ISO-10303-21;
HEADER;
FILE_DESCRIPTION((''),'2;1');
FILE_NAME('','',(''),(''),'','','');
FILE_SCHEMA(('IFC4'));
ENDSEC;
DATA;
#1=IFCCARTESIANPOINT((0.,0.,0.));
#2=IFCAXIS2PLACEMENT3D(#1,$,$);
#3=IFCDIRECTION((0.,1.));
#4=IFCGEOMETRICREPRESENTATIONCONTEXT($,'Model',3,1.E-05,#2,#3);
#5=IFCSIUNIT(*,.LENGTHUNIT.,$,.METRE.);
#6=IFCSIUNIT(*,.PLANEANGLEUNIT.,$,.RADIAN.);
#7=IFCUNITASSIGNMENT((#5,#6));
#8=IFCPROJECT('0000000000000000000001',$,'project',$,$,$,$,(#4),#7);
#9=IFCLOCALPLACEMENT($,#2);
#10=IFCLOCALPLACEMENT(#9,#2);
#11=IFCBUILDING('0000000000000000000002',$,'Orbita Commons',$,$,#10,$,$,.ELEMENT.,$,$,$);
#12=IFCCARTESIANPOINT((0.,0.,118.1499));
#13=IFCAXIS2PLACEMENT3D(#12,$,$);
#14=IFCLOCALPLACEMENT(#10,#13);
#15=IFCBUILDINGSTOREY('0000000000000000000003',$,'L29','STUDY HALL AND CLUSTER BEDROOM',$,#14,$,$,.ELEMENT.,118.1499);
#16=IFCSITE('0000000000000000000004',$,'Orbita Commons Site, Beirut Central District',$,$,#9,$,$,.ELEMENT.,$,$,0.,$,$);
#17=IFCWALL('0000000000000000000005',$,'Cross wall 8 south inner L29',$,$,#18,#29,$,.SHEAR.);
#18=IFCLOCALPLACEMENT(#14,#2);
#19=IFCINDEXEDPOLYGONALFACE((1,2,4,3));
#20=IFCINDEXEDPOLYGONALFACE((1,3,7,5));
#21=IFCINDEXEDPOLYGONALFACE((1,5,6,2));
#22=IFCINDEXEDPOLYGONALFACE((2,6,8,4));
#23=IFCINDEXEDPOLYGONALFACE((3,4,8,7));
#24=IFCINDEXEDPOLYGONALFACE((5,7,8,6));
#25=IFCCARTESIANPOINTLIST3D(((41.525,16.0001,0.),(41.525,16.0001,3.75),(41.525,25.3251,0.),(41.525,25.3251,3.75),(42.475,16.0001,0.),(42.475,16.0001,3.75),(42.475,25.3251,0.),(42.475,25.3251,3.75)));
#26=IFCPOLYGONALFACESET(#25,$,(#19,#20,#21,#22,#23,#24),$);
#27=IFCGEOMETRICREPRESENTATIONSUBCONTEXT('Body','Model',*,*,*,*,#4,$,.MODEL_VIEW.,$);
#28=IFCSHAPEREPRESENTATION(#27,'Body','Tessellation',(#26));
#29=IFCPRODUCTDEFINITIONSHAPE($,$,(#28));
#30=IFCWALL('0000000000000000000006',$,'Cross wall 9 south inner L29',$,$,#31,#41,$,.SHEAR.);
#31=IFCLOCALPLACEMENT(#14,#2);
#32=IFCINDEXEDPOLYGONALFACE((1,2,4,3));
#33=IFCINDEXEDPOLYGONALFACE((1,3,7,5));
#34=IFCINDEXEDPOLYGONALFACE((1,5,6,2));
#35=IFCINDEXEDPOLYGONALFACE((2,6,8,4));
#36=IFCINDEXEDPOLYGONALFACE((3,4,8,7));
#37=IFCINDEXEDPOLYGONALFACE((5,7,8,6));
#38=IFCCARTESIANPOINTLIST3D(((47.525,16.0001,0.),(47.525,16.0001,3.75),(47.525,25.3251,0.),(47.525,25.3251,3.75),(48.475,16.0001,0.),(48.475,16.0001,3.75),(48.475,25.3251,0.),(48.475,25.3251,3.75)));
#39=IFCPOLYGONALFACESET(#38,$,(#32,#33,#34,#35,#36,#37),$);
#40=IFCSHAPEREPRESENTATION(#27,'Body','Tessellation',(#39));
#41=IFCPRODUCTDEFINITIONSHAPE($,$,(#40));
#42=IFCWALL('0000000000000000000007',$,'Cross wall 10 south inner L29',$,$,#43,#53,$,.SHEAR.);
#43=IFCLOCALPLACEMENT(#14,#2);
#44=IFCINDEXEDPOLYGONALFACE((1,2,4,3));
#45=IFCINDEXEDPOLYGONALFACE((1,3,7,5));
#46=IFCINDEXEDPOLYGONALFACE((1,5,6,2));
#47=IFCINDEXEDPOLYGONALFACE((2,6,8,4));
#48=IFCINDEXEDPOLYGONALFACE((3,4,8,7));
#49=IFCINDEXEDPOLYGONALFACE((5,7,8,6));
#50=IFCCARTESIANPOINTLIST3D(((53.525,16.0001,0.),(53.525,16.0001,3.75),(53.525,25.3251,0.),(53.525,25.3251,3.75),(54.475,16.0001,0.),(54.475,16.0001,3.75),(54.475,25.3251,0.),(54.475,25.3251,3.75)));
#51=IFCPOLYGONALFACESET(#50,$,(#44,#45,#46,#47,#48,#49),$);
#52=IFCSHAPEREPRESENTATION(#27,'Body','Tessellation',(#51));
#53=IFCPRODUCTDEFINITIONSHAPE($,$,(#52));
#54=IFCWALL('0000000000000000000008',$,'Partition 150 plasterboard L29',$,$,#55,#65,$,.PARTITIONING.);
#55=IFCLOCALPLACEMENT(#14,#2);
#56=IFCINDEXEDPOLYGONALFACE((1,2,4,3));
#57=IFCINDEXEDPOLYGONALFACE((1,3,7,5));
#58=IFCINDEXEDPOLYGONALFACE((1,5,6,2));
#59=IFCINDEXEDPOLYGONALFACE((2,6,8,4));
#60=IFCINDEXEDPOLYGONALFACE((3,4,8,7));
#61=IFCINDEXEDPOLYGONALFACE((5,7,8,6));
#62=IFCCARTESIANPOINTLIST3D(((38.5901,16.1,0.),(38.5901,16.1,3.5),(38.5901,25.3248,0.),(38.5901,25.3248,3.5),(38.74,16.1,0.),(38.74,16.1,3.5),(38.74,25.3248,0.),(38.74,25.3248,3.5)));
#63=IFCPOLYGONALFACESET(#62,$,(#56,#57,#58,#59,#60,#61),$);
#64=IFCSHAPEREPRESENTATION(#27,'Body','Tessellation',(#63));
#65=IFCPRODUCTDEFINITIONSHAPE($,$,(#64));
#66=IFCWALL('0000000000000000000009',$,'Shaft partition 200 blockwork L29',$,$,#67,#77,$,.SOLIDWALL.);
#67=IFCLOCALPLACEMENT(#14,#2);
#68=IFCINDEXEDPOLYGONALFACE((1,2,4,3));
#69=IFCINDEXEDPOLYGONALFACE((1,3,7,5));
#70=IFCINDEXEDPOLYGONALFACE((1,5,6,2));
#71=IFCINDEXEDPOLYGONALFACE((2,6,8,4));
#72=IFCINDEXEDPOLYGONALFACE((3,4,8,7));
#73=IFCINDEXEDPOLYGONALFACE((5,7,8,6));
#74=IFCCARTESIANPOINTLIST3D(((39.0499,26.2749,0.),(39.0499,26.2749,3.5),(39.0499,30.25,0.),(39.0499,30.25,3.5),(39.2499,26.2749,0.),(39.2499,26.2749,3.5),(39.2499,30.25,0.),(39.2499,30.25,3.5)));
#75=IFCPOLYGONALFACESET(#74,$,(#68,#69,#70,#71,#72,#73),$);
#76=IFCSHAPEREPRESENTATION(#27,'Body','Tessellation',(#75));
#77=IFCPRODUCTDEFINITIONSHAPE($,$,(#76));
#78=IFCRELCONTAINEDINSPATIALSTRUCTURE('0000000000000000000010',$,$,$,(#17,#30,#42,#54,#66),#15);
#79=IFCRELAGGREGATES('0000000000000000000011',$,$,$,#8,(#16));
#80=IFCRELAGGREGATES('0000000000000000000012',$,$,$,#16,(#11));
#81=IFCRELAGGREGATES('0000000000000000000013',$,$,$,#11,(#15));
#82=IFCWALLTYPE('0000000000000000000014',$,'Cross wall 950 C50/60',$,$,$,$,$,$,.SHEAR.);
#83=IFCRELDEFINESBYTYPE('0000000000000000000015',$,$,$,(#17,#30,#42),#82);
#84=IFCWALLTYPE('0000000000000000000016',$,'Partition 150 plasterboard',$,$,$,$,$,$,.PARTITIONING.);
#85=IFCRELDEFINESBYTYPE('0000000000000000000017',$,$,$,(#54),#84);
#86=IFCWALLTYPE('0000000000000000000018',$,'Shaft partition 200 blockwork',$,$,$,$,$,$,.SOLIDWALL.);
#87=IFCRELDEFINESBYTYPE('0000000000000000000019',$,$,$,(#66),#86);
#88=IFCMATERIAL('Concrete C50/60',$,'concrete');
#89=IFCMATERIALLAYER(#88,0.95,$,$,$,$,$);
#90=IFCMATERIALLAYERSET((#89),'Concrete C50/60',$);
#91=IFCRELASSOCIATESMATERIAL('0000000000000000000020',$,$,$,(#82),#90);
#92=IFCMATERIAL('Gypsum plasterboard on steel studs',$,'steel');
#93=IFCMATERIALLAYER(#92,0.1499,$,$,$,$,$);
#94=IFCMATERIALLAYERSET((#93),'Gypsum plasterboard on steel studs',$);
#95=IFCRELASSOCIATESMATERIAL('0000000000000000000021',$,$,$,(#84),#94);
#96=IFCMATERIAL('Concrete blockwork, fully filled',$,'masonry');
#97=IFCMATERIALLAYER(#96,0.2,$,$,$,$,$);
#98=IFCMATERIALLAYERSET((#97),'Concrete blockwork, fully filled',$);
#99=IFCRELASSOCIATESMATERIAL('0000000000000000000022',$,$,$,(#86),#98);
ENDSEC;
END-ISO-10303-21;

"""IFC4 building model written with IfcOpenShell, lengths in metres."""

from ifc_helpers import new_model, si_unit, direction, frame, frame_2d, origin, place, context, subcontext, project, spatial, rectangle, extrude, material, layer, layer_set, type_object, element, save


model = new_model("IFC4")

# Units and contexts
model_context = context("Model", 3, precision=1e-05, world=origin(), true_north=direction((0.0, 1.0)))
body_context = subcontext(model_context, "Body", "Model", "MODEL_VIEW")
ifc_project = project(units=[si_unit("LENGTHUNIT", "METRE"), si_unit("PLANEANGLEUNIT", "RADIAN")], contexts=[model_context])

# Site, building, storey
site_placement = place(None, origin())
site = spatial("IfcSite", under=ifc_project, at=site_placement, Name="Orbita Commons Site, Beirut Central District", CompositionType="ELEMENT", RefElevation=0.0)
building_placement = place(site_placement, origin())
building = spatial("IfcBuilding", under=site, at=building_placement, Name="Orbita Commons", CompositionType="ELEMENT")
storey_placement = place(building_placement, frame((0.0, 0.0, 118.1499)))
storey = spatial("IfcBuildingStorey", under=building, at=storey_placement, Name="L29", Description="STUDY HALL AND CLUSTER BEDROOM", CompositionType="ELEMENT", Elevation=118.1499)

# Walls
ifc_material_1 = material(Name="Concrete C50/60", Category="concrete")
ifc_layer_1 = layer(ifc_material_1, 0.95)
ifc_layer_set_1 = layer_set([ifc_layer_1], Name="Concrete C50/60")
wall_type_1 = type_object("IfcWallType", Name="Cross wall 950 C50/60", PredefinedType="SHEAR", material=ifc_layer_set_1)
for number, where, z_axis, x_axis, name in (
    (1, (42.0, 16.0, 0.0), (0.0, 0.0, 1.0), (0.0, 1.0, 0.0), "Cross wall 8 south inner L29"),
    (2, (48.0, 16.0, 0.0), (0.0, 0.0, 1.0), (0.0, 1.0, 0.0), "Cross wall 9 south inner L29"),
    (3, (54.0, 16.0, 0.0), (0.0, 0.0, 1.0), (0.0, 1.0, 0.0), "Cross wall 10 south inner L29"),
):
    element("IfcWall", number, at=place(storey_placement, frame(where, z_axis=z_axis, x_axis=x_axis)), inside=storey, type_object=wall_type_1, Name=name, PredefinedType="SHEAR", context=body_context, shape_type="SweptSolid", body=[
        extrude(rectangle(XDim=9.325, YDim=0.95, at=frame_2d((4.6626, 0.0))), origin(), (0.0, 0.0, 1.0), 3.75),
    ])
ifc_material_2 = material(Name="Gypsum plasterboard on steel studs", Category="steel")
ifc_layer_2 = layer(ifc_material_2, 0.1499)
ifc_layer_set_2 = layer_set([ifc_layer_2], Name="Gypsum plasterboard on steel studs")
wall_type_2 = type_object("IfcWallType", Name="Partition 150 plasterboard", PredefinedType="PARTITIONING", material=ifc_layer_set_2)
wall_1_placement = place(storey_placement, frame((38.665, 16.1001, 0.0), z_axis=(0.0, 0.0, 1.0), x_axis=(0.0, 1.0, 0.0)))
element("IfcWall", 4, at=wall_1_placement, inside=storey, type_object=wall_type_2, Name="Partition 150 plasterboard L29", PredefinedType="PARTITIONING", context=body_context, shape_type="SweptSolid", body=[
    extrude(rectangle(XDim=9.2249, YDim=0.1499, at=frame_2d((4.6123, 0.0))), origin(), (0.0, 0.0, 1.0), 3.5),
])
ifc_material_3 = material(Name="Concrete blockwork, fully filled", Category="masonry")
ifc_layer_3 = layer(ifc_material_3, 0.2)
ifc_layer_set_3 = layer_set([ifc_layer_3], Name="Concrete blockwork, fully filled")
wall_type_3 = type_object("IfcWallType", Name="Shaft partition 200 blockwork", PredefinedType="SOLIDWALL", material=ifc_layer_set_3)
wall_2_placement = place(storey_placement, frame((39.1499, 26.2749, 0.0), z_axis=(0.0, 0.0, 1.0), x_axis=(0.0, 1.0, 0.0)))
element("IfcWall", 5, at=wall_2_placement, inside=storey, type_object=wall_type_3, Name="Shaft partition 200 blockwork L29", PredefinedType="SOLIDWALL", context=body_context, shape_type="SweptSolid", body=[
    extrude(rectangle(XDim=3.9751, YDim=0.2, at=frame_2d((1.9875, 0.0))), origin(), (0.0, 0.0, 1.0), 3.5),
])

save(model, "model.ifc")
